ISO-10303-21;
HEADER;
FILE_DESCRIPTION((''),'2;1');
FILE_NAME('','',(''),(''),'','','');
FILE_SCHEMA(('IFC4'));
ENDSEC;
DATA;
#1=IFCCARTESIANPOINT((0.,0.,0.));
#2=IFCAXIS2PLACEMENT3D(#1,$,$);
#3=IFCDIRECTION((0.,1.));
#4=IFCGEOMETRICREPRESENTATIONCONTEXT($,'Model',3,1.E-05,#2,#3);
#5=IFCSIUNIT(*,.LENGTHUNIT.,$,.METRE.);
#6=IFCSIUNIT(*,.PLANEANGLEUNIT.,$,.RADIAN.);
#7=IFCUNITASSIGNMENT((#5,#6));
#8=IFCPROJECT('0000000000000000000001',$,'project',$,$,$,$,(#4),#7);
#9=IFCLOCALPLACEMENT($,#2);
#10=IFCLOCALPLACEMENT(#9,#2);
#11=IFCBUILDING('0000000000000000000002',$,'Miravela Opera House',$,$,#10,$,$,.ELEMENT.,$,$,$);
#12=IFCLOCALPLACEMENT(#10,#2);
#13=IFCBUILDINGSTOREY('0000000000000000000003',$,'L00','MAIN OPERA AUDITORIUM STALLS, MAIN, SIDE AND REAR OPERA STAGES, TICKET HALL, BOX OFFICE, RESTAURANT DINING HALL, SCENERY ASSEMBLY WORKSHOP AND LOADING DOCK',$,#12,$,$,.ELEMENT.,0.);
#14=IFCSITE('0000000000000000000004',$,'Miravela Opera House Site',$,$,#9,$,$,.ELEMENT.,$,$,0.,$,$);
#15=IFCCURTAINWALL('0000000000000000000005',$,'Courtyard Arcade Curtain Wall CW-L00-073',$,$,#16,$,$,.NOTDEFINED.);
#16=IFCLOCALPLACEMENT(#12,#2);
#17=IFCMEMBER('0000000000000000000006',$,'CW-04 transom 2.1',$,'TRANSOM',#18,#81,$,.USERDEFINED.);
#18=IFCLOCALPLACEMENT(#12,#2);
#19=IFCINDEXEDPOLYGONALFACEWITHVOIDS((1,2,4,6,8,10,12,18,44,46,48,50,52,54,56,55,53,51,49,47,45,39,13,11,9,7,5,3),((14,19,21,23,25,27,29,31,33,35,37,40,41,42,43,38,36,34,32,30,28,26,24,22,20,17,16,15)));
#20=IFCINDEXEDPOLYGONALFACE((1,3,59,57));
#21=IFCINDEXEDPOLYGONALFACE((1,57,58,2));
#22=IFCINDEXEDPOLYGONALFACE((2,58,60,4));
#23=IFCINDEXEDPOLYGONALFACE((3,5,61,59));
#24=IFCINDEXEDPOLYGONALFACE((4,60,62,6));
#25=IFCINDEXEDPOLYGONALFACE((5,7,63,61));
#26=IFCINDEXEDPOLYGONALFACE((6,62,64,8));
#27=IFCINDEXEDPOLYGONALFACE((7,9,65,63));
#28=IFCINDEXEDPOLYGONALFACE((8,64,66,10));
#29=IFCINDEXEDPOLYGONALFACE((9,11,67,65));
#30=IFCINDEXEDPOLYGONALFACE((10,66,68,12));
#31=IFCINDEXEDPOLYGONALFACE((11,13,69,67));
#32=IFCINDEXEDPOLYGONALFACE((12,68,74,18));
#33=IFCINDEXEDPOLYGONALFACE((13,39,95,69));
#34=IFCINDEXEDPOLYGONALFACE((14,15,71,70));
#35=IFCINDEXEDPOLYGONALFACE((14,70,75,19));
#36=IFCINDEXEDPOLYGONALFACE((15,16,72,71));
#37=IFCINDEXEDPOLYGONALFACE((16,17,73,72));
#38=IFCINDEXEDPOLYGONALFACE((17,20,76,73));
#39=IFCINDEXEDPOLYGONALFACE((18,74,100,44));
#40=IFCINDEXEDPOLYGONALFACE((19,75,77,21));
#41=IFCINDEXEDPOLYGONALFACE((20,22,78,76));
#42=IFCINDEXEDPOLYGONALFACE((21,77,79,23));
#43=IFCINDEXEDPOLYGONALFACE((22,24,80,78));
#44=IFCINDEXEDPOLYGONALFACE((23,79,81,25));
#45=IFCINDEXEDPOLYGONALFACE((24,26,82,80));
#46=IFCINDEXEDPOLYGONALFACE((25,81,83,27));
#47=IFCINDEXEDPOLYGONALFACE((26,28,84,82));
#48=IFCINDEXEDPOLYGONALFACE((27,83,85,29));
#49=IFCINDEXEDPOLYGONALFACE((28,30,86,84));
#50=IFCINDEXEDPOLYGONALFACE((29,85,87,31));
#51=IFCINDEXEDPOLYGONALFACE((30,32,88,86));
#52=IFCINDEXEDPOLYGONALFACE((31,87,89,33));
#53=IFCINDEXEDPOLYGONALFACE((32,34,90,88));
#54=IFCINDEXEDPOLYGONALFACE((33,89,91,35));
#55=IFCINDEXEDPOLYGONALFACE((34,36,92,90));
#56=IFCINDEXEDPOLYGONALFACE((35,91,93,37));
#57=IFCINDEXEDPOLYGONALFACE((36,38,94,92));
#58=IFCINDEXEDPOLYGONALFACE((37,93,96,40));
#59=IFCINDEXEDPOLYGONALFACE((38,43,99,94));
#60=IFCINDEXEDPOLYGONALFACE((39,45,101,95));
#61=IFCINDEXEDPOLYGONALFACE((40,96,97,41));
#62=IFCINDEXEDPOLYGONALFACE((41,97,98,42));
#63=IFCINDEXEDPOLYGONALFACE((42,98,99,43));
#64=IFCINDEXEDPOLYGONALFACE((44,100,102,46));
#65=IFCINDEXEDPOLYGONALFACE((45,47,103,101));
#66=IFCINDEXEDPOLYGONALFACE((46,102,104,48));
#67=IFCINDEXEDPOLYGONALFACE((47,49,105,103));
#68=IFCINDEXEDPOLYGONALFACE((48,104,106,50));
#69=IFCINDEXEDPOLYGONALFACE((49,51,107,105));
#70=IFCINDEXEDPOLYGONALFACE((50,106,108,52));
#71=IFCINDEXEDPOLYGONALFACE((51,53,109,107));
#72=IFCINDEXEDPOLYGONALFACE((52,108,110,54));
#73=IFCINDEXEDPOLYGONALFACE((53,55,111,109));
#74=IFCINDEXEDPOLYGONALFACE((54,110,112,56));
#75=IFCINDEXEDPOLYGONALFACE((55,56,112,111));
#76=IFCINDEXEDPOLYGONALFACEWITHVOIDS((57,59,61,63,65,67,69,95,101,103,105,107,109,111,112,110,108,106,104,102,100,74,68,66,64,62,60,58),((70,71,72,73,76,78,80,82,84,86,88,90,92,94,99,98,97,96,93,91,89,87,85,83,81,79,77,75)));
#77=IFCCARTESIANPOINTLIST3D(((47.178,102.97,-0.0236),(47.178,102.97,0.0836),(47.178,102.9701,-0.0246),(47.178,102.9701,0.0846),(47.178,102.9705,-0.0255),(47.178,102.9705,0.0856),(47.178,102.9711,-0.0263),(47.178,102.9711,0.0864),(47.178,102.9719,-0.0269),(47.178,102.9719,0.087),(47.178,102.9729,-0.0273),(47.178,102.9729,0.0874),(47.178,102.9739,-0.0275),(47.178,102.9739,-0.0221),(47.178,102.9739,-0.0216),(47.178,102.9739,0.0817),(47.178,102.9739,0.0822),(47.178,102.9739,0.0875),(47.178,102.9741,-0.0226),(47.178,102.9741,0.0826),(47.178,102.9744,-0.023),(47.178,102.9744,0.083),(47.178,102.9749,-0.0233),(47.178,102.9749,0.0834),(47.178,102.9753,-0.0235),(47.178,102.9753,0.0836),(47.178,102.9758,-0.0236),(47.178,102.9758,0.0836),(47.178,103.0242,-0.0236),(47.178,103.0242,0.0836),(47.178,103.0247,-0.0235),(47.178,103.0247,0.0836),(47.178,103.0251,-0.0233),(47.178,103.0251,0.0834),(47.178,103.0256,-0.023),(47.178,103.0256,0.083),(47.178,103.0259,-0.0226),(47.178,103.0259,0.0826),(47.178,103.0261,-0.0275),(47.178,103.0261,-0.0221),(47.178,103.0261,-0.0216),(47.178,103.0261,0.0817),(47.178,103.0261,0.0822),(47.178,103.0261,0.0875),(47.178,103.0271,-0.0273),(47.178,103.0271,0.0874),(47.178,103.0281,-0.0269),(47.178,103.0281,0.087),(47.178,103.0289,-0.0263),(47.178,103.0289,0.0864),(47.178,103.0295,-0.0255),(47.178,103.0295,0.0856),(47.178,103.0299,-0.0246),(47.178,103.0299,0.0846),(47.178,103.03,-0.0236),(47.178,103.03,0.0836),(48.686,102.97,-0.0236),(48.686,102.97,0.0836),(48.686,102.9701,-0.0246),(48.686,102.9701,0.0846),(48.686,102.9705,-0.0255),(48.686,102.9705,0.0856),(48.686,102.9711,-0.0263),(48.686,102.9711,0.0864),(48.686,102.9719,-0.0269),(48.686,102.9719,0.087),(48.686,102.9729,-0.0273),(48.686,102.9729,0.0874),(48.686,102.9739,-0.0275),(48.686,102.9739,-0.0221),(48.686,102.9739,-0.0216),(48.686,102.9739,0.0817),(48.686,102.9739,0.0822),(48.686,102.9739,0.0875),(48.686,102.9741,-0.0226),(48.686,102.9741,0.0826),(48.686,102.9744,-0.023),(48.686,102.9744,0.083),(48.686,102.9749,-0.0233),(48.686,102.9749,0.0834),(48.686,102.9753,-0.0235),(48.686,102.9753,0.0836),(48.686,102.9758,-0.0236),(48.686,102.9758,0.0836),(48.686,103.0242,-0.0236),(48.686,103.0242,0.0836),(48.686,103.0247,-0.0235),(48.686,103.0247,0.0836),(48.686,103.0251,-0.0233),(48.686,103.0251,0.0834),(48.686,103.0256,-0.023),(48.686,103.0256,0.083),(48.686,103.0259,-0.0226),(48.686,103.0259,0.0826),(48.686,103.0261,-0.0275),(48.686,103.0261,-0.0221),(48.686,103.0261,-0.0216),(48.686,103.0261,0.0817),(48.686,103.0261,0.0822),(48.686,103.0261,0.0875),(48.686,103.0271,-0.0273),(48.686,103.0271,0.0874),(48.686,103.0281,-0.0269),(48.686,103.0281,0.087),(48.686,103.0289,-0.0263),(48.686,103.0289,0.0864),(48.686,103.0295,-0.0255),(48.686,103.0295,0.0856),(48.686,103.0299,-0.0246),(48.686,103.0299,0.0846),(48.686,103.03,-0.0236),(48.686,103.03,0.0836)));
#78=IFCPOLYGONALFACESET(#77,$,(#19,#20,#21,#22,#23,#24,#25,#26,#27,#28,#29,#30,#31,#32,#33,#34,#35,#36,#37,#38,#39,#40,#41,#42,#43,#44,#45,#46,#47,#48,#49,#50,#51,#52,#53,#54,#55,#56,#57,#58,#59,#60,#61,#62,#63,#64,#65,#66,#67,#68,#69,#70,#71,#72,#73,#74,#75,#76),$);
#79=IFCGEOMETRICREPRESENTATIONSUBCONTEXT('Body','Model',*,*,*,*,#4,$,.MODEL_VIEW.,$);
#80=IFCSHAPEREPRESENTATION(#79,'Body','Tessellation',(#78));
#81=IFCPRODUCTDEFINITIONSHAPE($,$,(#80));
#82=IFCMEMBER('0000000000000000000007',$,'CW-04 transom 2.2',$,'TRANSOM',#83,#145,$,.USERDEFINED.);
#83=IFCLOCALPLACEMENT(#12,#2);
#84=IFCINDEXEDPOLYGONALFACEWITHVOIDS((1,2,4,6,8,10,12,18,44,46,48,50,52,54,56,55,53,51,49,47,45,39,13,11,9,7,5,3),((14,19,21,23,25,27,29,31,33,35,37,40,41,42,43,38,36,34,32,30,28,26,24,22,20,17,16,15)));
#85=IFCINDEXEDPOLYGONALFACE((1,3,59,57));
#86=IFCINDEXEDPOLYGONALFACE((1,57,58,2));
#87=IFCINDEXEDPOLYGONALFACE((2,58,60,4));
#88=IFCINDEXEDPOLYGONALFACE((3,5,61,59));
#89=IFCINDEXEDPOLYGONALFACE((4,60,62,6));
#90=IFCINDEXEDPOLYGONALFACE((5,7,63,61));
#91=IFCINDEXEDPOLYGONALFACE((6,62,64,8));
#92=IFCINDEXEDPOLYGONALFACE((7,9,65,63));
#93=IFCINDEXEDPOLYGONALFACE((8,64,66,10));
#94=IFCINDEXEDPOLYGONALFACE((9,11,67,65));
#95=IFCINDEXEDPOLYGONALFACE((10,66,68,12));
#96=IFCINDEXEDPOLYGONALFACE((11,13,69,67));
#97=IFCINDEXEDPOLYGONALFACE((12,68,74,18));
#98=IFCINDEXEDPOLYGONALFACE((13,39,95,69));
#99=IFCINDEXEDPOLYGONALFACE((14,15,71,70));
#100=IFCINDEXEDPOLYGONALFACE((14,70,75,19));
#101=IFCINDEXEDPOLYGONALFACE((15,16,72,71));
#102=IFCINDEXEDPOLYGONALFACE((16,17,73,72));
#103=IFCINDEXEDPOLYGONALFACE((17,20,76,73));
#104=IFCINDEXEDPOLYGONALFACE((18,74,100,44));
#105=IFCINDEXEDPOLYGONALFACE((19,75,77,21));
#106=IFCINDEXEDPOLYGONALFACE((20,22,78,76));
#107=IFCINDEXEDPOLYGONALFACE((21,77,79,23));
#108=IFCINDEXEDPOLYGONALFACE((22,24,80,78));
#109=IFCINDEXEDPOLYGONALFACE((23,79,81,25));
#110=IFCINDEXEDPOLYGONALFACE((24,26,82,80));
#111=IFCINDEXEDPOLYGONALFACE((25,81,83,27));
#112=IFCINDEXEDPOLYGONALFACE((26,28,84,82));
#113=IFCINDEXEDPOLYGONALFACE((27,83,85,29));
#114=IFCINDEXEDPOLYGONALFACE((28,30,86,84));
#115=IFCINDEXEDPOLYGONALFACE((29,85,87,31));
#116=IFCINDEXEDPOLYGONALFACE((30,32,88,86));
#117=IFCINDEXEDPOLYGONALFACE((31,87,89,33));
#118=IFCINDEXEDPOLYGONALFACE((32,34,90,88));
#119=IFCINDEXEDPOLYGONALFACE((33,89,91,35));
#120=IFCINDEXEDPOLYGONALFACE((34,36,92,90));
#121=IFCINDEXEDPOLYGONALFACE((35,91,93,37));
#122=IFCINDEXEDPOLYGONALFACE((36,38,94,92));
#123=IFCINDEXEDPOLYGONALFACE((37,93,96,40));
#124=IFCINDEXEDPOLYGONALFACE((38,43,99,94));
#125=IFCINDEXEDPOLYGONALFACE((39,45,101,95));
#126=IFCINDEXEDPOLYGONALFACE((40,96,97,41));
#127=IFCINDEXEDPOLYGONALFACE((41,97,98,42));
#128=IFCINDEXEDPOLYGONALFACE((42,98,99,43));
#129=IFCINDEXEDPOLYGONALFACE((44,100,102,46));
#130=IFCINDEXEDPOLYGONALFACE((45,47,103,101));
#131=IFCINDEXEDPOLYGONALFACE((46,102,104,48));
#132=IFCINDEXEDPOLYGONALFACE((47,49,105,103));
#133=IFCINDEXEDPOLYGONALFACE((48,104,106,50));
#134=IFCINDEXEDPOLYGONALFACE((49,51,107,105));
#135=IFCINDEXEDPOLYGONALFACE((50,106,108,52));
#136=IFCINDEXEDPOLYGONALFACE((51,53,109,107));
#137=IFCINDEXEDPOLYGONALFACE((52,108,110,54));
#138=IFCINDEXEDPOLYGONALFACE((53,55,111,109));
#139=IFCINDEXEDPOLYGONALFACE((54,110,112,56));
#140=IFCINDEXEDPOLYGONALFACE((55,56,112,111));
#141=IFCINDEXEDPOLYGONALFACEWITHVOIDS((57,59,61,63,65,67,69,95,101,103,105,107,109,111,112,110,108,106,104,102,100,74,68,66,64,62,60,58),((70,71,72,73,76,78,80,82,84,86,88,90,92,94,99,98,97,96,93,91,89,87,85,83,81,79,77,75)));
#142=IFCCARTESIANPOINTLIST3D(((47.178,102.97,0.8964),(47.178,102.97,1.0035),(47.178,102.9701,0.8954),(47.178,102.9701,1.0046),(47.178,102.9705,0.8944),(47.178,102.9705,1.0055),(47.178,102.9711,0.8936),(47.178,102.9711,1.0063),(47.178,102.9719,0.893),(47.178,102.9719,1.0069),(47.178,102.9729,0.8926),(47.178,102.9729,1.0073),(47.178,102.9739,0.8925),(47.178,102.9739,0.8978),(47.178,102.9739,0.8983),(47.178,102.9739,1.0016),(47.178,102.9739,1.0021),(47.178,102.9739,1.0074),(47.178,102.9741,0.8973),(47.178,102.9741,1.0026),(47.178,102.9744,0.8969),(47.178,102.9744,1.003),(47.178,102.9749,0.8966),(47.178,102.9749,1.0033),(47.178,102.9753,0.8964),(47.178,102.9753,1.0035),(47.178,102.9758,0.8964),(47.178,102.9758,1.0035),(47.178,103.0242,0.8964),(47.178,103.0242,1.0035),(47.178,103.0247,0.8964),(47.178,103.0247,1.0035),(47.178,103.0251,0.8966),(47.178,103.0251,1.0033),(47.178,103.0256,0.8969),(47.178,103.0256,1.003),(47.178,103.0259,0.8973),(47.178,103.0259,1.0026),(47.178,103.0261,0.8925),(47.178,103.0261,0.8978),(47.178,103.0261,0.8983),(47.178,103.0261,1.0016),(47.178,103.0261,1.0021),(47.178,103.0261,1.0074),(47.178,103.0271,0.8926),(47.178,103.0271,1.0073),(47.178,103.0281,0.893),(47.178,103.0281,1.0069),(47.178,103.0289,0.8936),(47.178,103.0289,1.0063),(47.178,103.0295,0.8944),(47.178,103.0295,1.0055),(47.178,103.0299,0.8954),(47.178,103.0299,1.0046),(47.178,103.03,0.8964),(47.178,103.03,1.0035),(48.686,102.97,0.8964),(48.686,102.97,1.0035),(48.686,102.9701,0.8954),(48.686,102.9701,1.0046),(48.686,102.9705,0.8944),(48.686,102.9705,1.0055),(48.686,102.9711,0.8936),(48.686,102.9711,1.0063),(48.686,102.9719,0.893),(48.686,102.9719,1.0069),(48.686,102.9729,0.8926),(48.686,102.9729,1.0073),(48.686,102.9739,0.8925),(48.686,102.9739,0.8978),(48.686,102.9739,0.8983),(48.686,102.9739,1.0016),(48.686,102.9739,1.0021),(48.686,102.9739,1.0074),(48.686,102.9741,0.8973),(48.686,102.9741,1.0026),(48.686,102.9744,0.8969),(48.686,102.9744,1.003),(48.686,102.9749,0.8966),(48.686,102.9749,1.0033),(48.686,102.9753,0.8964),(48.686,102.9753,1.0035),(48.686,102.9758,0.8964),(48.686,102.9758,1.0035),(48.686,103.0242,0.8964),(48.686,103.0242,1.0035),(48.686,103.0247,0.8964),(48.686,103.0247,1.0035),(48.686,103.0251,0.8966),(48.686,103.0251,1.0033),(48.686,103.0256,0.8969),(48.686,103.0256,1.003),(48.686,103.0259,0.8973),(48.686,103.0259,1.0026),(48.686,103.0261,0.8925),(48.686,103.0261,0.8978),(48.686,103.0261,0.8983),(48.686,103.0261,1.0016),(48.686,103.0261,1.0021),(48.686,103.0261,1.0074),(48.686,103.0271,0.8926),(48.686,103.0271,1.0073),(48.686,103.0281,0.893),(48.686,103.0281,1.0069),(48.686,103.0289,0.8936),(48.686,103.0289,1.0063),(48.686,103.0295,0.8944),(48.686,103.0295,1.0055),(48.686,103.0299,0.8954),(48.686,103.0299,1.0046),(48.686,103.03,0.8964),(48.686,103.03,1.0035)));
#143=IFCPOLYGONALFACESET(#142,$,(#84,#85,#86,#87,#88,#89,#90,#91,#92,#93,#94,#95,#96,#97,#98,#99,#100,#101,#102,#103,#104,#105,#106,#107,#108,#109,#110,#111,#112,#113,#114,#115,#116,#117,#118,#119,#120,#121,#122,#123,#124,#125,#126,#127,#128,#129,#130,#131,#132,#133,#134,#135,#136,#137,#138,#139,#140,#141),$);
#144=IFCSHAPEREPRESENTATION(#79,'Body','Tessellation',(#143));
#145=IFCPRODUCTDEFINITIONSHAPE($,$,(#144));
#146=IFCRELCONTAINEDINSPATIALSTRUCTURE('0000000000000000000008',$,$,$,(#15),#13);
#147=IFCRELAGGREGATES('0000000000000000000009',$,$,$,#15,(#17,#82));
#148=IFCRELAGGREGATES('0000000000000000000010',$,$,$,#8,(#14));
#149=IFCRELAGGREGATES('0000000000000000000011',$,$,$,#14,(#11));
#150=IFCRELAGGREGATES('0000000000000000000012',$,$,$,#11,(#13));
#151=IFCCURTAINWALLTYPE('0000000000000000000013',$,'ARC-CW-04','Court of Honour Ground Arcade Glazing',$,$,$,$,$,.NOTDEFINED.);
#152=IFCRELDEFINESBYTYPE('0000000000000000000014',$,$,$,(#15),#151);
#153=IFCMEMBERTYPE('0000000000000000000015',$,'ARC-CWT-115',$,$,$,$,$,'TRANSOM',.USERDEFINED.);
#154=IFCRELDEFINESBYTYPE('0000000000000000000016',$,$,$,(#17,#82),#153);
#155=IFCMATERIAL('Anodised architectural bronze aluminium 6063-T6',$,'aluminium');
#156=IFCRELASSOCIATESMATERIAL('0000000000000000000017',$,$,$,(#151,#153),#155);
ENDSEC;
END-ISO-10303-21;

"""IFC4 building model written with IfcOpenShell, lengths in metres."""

from ifc_helpers import new_model, si_unit, direction, frame, origin, origin_2d, place, context, subcontext, project, spatial, hollow_rectangle, extrude, material, material_profile, profile_set, type_object, element, aggregate, save


model = new_model("IFC4")

# Units and contexts
model_context = context("Model", 3, precision=1e-05, world=origin(), true_north=direction((0.0, 1.0)))
body_context = subcontext(model_context, "Body", "Model", "MODEL_VIEW")
ifc_project = project(units=[si_unit("LENGTHUNIT", "METRE"), si_unit("PLANEANGLEUNIT", "RADIAN")], contexts=[model_context])

# Site, building, storey
site_placement = place(None, origin())
site = spatial("IfcSite", under=ifc_project, at=site_placement, Name="Miravela Opera House Site", CompositionType="ELEMENT", RefElevation=0.0)
building_placement = place(site_placement, origin())
building = spatial("IfcBuilding", under=site, at=building_placement, Name="Miravela Opera House", CompositionType="ELEMENT")
storey_placement = place(building_placement, origin())
storey = spatial("IfcBuildingStorey", under=building, at=storey_placement, Name="L00", Description="MAIN OPERA AUDITORIUM STALLS, MAIN, SIDE AND REAR OPERA STAGES, TICKET HALL, BOX OFFICE, RESTAURANT DINING HALL, SCENERY ASSEMBLY WORKSHOP AND LOADING DOCK", CompositionType="ELEMENT", Elevation=0.0)

# Curtain wall, members
ifc_material_1 = material(Name="Anodised architectural bronze aluminium 6063-T6", Category="aluminium")
curtain_wall_type = type_object("IfcCurtainWallType", Name="ARC-CW-04", Description="Court of Honour Ground Arcade Glazing", PredefinedType="NOTDEFINED", material=ifc_material_1)
curtain_wall_placement = place(storey_placement, origin())
curtain_wall = element("IfcCurtainWall", 1, at=curtain_wall_placement, inside=storey, type_object=curtain_wall_type, Name="Courtyard Arcade Curtain Wall CW-L00-073", PredefinedType="NOTDEFINED")
ifc_material_profile_1 = material_profile(ifc_material_1, hollow_rectangle(XDim=0.0601, YDim=0.115, WallThickness=0.0039, InnerFilletRadius=0.002, OuterFilletRadius=0.0039, at=origin_2d()), Name="CWT-60X115")
ifc_profile_set_1 = profile_set([ifc_material_profile_1])
member_type_1 = type_object("IfcMemberType", Name="ARC-CWT-115", ElementType="TRANSOM", PredefinedType="USERDEFINED", material=ifc_profile_set_1)
member_1_placement = place(storey_placement, frame((47.178, 103.0, 0.03), z_axis=(1.0, 0.0, 0.0), x_axis=(0.0, 1.0, 0.0)))
member_1 = element("IfcMember", 2, at=member_1_placement, type_object=member_type_1, Name="CW-04 transom 2.1", ObjectType="TRANSOM", PredefinedType="USERDEFINED", context=body_context, shape_type="SweptSolid", body=[
    extrude(hollow_rectangle(XDim=0.0601, YDim=0.115, WallThickness=0.0039, InnerFilletRadius=0.002, OuterFilletRadius=0.0039, at=origin_2d()), origin(), (0.0, 0.0, 1.0), 1.5081),
])
member_2_placement = place(storey_placement, frame((47.178, 103.0, 0.95), z_axis=(1.0, 0.0, 0.0), x_axis=(0.0, 1.0, 0.0)))
member_2 = element("IfcMember", 3, at=member_2_placement, type_object=member_type_1, Name="CW-04 transom 2.2", ObjectType="TRANSOM", PredefinedType="USERDEFINED", context=body_context, shape_type="SweptSolid", body=[
    extrude(hollow_rectangle(XDim=0.0601, YDim=0.115, WallThickness=0.0039, InnerFilletRadius=0.002, OuterFilletRadius=0.0039, at=origin_2d()), origin(), (0.0, 0.0, 1.0), 1.5081),
])
aggregate(curtain_wall, [member_1, member_2])

save(model, "model.ifc")
